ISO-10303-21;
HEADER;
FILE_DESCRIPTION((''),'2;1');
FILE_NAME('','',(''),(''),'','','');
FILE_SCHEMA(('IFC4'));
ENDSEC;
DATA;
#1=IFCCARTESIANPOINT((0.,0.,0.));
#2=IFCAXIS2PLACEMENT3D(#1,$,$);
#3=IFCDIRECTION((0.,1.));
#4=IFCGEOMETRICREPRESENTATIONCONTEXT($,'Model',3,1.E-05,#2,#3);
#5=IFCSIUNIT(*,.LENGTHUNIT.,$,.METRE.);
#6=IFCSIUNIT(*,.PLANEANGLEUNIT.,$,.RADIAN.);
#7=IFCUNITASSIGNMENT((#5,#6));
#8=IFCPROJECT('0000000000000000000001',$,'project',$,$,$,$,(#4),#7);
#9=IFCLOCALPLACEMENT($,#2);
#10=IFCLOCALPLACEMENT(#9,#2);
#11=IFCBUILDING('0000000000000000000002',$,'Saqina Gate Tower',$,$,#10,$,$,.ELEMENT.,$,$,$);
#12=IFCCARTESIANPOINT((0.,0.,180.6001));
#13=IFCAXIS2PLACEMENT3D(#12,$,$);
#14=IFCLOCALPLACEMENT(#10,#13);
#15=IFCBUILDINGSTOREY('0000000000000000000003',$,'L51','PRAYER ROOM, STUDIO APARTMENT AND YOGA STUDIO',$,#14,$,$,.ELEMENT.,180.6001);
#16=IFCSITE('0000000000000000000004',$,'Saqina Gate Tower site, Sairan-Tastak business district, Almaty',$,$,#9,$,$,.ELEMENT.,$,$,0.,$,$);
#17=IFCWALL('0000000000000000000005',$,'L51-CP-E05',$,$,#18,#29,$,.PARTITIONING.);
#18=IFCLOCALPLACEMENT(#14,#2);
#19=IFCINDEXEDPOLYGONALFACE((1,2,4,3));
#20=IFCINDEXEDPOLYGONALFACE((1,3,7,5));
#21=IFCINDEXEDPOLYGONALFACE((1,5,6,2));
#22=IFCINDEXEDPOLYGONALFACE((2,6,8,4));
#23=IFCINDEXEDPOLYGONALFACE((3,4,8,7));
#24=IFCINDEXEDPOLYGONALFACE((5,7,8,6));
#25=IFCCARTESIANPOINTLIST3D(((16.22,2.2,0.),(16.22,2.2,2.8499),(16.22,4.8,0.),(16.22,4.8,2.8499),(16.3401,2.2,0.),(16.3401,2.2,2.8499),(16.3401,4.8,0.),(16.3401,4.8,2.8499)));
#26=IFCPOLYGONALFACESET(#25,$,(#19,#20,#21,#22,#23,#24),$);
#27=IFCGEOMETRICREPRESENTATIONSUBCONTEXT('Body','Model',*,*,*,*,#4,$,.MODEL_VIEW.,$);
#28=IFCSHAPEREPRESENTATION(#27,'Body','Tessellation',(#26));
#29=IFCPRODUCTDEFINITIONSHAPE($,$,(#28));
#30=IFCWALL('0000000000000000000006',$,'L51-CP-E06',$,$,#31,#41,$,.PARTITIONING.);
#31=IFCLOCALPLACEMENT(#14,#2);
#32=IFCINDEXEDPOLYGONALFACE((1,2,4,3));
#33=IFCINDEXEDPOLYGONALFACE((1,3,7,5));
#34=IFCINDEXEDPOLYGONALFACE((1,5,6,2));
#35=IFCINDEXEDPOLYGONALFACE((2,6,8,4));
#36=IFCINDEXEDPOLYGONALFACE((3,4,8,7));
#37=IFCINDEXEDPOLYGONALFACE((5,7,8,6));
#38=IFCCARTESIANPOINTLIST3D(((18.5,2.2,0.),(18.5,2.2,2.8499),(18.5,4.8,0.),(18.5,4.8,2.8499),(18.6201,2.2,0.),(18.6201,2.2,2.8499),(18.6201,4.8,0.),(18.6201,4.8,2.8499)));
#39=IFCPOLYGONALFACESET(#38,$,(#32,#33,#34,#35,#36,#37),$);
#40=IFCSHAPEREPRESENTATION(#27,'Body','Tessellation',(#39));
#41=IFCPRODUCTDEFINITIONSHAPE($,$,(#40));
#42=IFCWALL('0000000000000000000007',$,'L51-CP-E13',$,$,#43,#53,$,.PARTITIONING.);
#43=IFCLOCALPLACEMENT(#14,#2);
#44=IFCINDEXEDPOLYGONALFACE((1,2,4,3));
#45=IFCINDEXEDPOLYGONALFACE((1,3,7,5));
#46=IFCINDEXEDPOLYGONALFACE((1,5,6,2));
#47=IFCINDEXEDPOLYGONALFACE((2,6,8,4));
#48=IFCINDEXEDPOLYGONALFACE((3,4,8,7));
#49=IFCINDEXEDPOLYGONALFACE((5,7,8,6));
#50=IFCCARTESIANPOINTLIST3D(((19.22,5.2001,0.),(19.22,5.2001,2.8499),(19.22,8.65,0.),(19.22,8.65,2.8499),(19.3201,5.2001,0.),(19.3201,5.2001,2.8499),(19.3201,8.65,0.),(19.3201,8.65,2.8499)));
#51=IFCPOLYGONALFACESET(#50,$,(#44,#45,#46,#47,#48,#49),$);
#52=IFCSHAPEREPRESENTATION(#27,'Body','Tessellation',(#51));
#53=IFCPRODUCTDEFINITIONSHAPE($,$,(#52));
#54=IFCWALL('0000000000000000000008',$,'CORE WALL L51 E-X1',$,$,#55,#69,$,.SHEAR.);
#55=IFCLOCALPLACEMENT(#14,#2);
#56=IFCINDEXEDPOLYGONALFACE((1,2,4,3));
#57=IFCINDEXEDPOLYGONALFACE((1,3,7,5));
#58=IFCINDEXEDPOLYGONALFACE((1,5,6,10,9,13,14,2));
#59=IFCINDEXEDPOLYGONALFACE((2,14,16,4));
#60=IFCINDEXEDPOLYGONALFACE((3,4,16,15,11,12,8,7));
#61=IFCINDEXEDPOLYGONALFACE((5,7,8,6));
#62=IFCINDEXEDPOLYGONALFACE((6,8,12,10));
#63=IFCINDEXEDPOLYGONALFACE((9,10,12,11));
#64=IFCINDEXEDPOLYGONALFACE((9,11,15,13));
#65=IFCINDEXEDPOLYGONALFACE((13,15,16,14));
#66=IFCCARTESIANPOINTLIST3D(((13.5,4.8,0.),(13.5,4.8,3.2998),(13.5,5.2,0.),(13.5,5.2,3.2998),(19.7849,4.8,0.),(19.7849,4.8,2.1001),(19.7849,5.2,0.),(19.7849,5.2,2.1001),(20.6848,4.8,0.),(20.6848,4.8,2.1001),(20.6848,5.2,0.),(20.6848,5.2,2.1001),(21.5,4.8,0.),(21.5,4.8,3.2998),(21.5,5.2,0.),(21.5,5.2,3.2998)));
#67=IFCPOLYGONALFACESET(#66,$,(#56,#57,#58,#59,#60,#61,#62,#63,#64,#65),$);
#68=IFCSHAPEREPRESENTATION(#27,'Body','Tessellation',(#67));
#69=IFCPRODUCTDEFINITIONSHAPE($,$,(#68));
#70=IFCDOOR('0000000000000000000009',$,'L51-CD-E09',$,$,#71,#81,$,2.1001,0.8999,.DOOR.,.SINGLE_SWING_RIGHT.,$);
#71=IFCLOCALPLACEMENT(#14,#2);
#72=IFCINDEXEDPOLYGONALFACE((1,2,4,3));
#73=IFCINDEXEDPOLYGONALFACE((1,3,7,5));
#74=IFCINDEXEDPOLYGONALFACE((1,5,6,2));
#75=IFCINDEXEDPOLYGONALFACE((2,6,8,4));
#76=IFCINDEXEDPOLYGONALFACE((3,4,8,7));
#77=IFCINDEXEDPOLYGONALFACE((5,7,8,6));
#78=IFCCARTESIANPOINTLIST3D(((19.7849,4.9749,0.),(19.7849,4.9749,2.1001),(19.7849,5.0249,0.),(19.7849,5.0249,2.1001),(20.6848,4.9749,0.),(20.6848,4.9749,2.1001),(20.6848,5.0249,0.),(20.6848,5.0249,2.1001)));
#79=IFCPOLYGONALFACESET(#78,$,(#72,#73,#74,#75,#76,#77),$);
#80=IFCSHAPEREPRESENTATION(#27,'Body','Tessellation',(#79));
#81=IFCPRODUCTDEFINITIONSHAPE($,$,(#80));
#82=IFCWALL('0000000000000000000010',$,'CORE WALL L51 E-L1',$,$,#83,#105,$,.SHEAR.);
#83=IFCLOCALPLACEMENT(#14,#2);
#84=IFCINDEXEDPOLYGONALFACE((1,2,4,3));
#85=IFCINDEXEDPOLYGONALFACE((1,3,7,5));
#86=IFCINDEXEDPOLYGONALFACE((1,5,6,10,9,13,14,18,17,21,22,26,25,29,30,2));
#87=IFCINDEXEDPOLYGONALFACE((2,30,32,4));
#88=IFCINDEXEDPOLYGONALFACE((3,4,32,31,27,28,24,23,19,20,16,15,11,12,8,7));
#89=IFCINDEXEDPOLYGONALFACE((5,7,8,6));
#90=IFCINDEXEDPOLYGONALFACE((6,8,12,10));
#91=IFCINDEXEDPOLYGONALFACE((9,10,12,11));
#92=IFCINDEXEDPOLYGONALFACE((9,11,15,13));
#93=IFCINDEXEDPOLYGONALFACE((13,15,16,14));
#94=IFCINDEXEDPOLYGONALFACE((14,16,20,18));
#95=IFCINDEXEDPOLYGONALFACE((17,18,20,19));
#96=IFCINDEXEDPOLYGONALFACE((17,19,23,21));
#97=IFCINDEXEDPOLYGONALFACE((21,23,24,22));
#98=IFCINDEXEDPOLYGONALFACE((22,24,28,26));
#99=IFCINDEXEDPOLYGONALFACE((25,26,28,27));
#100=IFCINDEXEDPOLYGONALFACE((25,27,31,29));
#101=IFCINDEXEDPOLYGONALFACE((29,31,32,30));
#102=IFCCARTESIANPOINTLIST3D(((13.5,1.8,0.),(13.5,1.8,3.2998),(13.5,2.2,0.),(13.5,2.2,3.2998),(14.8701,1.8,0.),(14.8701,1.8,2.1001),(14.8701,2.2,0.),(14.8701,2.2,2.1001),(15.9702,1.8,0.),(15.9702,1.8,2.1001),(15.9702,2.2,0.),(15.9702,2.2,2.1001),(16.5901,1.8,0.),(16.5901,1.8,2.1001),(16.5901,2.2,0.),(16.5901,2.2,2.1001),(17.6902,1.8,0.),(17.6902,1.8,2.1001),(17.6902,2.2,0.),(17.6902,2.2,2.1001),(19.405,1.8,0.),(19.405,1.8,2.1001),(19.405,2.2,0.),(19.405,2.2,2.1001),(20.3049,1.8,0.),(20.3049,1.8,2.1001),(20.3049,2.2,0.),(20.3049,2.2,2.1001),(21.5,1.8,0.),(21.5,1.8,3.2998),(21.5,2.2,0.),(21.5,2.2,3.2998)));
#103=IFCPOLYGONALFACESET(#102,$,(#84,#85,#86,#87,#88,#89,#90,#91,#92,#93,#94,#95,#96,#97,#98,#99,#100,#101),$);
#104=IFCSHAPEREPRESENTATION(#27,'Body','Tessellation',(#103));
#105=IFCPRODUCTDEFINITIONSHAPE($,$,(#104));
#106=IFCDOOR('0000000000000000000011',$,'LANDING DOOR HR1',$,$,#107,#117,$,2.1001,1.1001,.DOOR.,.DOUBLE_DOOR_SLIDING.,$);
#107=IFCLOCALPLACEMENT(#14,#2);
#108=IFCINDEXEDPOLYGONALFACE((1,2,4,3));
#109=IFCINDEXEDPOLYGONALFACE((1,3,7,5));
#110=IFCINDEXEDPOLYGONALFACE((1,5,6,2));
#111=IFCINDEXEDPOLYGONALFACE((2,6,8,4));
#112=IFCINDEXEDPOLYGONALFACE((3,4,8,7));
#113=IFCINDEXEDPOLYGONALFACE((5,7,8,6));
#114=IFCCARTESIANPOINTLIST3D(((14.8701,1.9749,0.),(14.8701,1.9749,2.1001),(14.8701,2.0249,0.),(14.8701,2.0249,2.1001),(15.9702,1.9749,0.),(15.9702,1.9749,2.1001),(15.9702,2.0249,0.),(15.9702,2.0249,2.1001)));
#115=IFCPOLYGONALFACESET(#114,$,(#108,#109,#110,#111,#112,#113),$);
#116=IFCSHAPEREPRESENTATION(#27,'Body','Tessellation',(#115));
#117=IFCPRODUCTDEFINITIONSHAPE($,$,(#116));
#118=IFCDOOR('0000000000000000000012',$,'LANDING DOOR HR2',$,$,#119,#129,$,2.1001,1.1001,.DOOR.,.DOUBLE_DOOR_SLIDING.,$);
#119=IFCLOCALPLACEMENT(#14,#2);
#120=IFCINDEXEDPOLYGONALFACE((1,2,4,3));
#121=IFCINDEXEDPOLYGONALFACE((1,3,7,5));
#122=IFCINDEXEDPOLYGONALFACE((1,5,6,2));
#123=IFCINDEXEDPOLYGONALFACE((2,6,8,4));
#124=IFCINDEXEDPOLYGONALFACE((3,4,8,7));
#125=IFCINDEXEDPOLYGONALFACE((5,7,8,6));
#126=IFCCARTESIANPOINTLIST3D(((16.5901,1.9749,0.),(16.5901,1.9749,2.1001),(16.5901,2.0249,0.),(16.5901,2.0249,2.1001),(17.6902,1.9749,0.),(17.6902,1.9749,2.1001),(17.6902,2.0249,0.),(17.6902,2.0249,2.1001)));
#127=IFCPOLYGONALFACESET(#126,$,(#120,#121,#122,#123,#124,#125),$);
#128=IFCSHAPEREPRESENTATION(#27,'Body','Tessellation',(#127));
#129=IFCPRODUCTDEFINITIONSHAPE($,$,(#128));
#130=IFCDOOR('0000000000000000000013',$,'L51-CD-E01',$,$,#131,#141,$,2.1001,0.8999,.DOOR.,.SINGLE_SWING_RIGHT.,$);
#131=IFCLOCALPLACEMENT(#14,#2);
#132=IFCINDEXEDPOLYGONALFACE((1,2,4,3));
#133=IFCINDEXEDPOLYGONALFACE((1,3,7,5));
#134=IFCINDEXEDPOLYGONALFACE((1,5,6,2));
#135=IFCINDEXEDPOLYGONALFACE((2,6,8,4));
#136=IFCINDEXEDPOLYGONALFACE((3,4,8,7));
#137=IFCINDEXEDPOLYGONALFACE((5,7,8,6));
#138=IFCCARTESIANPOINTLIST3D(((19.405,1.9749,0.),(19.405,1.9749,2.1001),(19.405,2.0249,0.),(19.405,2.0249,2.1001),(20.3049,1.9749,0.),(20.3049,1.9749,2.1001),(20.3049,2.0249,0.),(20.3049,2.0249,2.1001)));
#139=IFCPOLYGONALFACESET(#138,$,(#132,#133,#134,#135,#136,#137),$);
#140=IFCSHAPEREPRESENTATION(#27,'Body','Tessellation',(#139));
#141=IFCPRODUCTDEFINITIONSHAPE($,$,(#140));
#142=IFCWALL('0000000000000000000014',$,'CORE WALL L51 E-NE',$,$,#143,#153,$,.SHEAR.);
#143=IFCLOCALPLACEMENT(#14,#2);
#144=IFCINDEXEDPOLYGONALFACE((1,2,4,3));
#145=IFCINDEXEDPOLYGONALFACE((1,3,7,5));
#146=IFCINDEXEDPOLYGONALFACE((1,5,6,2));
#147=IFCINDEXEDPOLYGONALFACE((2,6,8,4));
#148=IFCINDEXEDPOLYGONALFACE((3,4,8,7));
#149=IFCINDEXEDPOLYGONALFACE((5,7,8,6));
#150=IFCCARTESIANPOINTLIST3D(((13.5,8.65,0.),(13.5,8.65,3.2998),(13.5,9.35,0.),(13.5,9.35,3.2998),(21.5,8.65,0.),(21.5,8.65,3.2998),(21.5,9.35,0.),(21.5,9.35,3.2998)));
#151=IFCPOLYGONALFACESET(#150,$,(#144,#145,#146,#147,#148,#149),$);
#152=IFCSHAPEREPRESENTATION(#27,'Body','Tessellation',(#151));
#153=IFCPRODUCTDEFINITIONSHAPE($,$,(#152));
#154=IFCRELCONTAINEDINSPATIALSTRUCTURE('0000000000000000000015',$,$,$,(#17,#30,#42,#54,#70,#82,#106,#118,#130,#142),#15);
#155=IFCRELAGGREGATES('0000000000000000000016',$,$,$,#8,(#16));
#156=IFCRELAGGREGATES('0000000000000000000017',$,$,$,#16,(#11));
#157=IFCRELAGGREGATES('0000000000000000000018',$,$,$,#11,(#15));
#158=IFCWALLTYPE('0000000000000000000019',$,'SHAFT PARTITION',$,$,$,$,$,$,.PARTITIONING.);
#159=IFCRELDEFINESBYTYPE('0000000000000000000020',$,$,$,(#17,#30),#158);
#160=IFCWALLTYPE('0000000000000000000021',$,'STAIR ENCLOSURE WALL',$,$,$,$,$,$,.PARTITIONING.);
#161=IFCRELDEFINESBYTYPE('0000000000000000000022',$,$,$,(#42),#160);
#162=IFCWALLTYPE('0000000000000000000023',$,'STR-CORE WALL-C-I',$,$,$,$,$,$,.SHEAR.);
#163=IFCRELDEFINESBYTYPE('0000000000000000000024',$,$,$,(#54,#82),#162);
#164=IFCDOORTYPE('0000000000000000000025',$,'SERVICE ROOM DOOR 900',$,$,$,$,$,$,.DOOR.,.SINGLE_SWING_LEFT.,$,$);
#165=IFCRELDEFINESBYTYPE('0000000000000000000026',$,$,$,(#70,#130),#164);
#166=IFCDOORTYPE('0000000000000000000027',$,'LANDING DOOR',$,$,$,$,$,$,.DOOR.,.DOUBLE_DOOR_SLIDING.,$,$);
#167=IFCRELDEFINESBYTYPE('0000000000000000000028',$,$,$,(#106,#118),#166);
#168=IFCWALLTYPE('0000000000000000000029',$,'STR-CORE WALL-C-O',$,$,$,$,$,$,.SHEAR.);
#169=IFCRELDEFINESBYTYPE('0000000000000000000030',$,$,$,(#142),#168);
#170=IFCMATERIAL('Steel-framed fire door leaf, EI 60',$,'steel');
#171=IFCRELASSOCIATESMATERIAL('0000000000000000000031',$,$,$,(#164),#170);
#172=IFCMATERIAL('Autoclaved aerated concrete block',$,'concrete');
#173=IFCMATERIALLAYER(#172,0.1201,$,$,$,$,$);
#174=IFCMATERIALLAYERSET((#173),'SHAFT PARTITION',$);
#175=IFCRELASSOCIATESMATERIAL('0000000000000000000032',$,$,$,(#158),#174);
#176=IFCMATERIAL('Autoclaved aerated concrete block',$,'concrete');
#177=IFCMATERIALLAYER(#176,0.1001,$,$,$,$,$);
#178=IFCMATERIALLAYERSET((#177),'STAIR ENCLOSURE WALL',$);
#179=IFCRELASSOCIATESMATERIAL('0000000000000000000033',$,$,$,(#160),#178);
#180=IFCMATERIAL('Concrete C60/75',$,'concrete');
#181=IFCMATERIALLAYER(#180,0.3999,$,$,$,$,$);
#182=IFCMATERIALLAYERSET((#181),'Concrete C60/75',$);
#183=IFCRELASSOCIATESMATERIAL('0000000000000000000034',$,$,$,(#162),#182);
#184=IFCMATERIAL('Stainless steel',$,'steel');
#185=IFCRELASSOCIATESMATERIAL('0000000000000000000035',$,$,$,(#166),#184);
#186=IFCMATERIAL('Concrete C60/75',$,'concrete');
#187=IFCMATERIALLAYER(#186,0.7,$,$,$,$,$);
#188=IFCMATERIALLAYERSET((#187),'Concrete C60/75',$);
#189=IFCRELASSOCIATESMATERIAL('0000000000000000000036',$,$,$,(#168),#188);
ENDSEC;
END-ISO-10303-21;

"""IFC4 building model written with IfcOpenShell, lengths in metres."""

from ifc_helpers import new_model, si_unit, direction, frame, frame_2d, origin, place, context, subcontext, project, spatial, rectangle, extrude, material, layer, layer_set, type_object, element, fill, save


model = new_model("IFC4")

# Units and contexts
model_context = context("Model", 3, precision=1e-05, world=origin(), true_north=direction((0.0, 1.0)))
body_context = subcontext(model_context, "Body", "Model", "MODEL_VIEW")
ifc_project = project(units=[si_unit("LENGTHUNIT", "METRE"), si_unit("PLANEANGLEUNIT", "RADIAN")], contexts=[model_context])

# Site, building, storey
site_placement = place(None, origin())
site = spatial("IfcSite", under=ifc_project, at=site_placement, Name="Saqina Gate Tower site, Sairan-Tastak business district, Almaty", CompositionType="ELEMENT", RefElevation=0.0)
building_placement = place(site_placement, origin())
building = spatial("IfcBuilding", under=site, at=building_placement, Name="Saqina Gate Tower", CompositionType="ELEMENT")
storey_placement = place(building_placement, frame((0.0, 0.0, 180.6001)))
storey = spatial("IfcBuildingStorey", under=building, at=storey_placement, Name="L51", Description="PRAYER ROOM, STUDIO APARTMENT AND YOGA STUDIO", CompositionType="ELEMENT", Elevation=180.6001)

# Shared definitions
ifc_material_1 = material(Name="Steel-framed fire door leaf, EI 60", Category="steel")
door_type_1 = type_object("IfcDoorType", Name="SERVICE ROOM DOOR 900", OperationType="SINGLE_SWING_LEFT", PredefinedType="DOOR", material=ifc_material_1)

# Walls
ifc_material_2 = material(Name="Autoclaved aerated concrete block", Category="concrete")
ifc_layer_1 = layer(ifc_material_2, 0.1201)
ifc_layer_set_1 = layer_set([ifc_layer_1], Name="SHAFT PARTITION")
wall_type_1 = type_object("IfcWallType", Name="SHAFT PARTITION", PredefinedType="PARTITIONING", material=ifc_layer_set_1)
for number, where, z_axis, x_axis, name in (
    (1, (16.28, 2.2, 0.0), (0.0, 0.0, 1.0), (0.0, 1.0, 0.0), "L51-CP-E05"),
    (2, (18.5601, 2.2, 0.0), (0.0, 0.0, 1.0), (0.0, 1.0, 0.0), "L51-CP-E06"),
):
    element("IfcWall", number, at=place(storey_placement, frame(where, z_axis=z_axis, x_axis=x_axis)), inside=storey, type_object=wall_type_1, Name=name, PredefinedType="PARTITIONING", context=body_context, shape_type="SweptSolid", body=[
        extrude(rectangle(XDim=2.6001, YDim=0.1201, at=frame_2d((1.3, 0.0))), origin(), (0.0, 0.0, 1.0), 2.8499),
    ])
ifc_material_3 = material(Name="Autoclaved aerated concrete block", Category="concrete")
ifc_layer_2 = layer(ifc_material_3, 0.1001)
ifc_layer_set_2 = layer_set([ifc_layer_2], Name="STAIR ENCLOSURE WALL")
wall_type_2 = type_object("IfcWallType", Name="STAIR ENCLOSURE WALL", PredefinedType="PARTITIONING", material=ifc_layer_set_2)
wall_1_placement = place(storey_placement, frame((19.27, 5.2, 0.0), z_axis=(0.0, 0.0, 1.0), x_axis=(0.0, 1.0, 0.0)))
element("IfcWall", 3, at=wall_1_placement, inside=storey, type_object=wall_type_2, Name="L51-CP-E13", PredefinedType="PARTITIONING", context=body_context, shape_type="SweptSolid", body=[
    extrude(rectangle(XDim=3.45, YDim=0.1001, at=frame_2d((1.7251, 0.0))), origin(), (0.0, 0.0, 1.0), 2.8499),
])

# Wall, opening, door
ifc_material_4 = material(Name="Concrete C60/75", Category="concrete")
ifc_layer_3 = layer(ifc_material_4, 0.3999)
ifc_layer_set_3 = layer_set([ifc_layer_3], Name="Concrete C60/75")
wall_type_3 = type_object("IfcWallType", Name="STR-CORE WALL-C-I", PredefinedType="SHEAR", material=ifc_layer_set_3)
wall_2_placement = place(storey_placement, frame((13.5, 5.0, 0.0), z_axis=(0.0, 0.0, 1.0), x_axis=(1.0, 0.0, 0.0)))
wall_2 = element("IfcWall", 4, at=wall_2_placement, inside=storey, type_object=wall_type_3, Name="CORE WALL L51 E-X1", PredefinedType="SHEAR", context=body_context, shape_type="SweptSolid", body=[
    extrude(rectangle(XDim=8.0, YDim=0.3999, at=frame_2d((4.0, 0.0))), origin(), (0.0, 0.0, 1.0), 3.2998),
])
opening_1_placement = place(wall_2_placement, frame((6.2849, 0.0, 0.0)))
opening_1 = element("IfcOpeningElement", 5, at=opening_1_placement, cuts=wall_2, PredefinedType="OPENING", context=body_context, shape_type="SweptSolid", body=[
    extrude(rectangle(XDim=0.8999, YDim=2.1001, at=frame_2d((0.45, 1.05))), frame((0.0, 0.2119, 0.0), z_axis=(0.0, -1.0, 0.0), x_axis=(1.0, 0.0, 0.0)), (0.0, 0.0, 1.0), 0.4238),
])
door_1_placement = place(opening_1_placement, origin())
door_1 = element("IfcDoor", 6, at=door_1_placement, inside=storey, type_object=door_type_1, Name="L51-CD-E09", OperationType="SINGLE_SWING_RIGHT", OverallHeight=2.1001, OverallWidth=0.8999, PredefinedType="DOOR", context=body_context, shape_type="SweptSolid", body=[
    extrude(rectangle(XDim=0.8999, YDim=2.1001, at=frame_2d((0.45, 1.05))), frame((0.0, 0.0249, 0.0), z_axis=(0.0, -1.0, 0.0), x_axis=(1.0, 0.0, 0.0)), (0.0, 0.0, 1.0), 0.05),
])
fill(opening_1, door_1)

# Wall, openings, doors
wall_3_placement = place(storey_placement, frame((13.5, 2.0, 0.0), z_axis=(0.0, 0.0, 1.0), x_axis=(1.0, 0.0, 0.0)))
wall_3 = element("IfcWall", 7, at=wall_3_placement, inside=storey, type_object=wall_type_3, Name="CORE WALL L51 E-L1", PredefinedType="SHEAR", context=body_context, shape_type="SweptSolid", body=[
    extrude(rectangle(XDim=8.0, YDim=0.3999, at=frame_2d((4.0, 0.0))), origin(), (0.0, 0.0, 1.0), 3.2998),
])
opening_2_placement = place(wall_3_placement, frame((1.3701, 0.0, 0.0)))
opening_2 = element("IfcOpeningElement", 8, at=opening_2_placement, cuts=wall_3, PredefinedType="OPENING", context=body_context, shape_type="SweptSolid", body=[
    extrude(rectangle(XDim=1.1001, YDim=2.1001, at=frame_2d((0.55, 1.05))), frame((0.0, 0.2119, 0.0), z_axis=(0.0, -1.0, 0.0), x_axis=(1.0, 0.0, 0.0)), (0.0, 0.0, 1.0), 0.4238),
])
opening_3_placement = place(wall_3_placement, frame((3.0901, 0.0, 0.0)))
opening_3 = element("IfcOpeningElement", 9, at=opening_3_placement, cuts=wall_3, PredefinedType="OPENING", context=body_context, shape_type="SweptSolid", body=[
    extrude(rectangle(XDim=1.1001, YDim=2.1001, at=frame_2d((0.55, 1.05))), frame((0.0, 0.2119, 0.0), z_axis=(0.0, -1.0, 0.0), x_axis=(1.0, 0.0, 0.0)), (0.0, 0.0, 1.0), 0.4238),
])
opening_4_placement = place(wall_3_placement, frame((5.905, 0.0, 0.0)))
opening_4 = element("IfcOpeningElement", 10, at=opening_4_placement, cuts=wall_3, PredefinedType="OPENING", context=body_context, shape_type="SweptSolid", body=[
    extrude(rectangle(XDim=0.8999, YDim=2.1001, at=frame_2d((0.45, 1.05))), frame((0.0, 0.2119, 0.0), z_axis=(0.0, -1.0, 0.0), x_axis=(1.0, 0.0, 0.0)), (0.0, 0.0, 1.0), 0.4238),
])
ifc_material_5 = material(Name="Stainless steel", Category="steel")
door_type_2 = type_object("IfcDoorType", Name="LANDING DOOR", OperationType="DOUBLE_DOOR_SLIDING", PredefinedType="DOOR", material=ifc_material_5)
door_2_placement = place(opening_2_placement, origin())
door_2 = element("IfcDoor", 11, at=door_2_placement, inside=storey, type_object=door_type_2, Name="LANDING DOOR HR1", OperationType="DOUBLE_DOOR_SLIDING", OverallHeight=2.1001, OverallWidth=1.1001, PredefinedType="DOOR", context=body_context, shape_type="SweptSolid", body=[
    extrude(rectangle(XDim=1.1001, YDim=2.1001, at=frame_2d((0.55, 1.05))), frame((0.0, 0.0249, 0.0), z_axis=(0.0, -1.0, 0.0), x_axis=(1.0, 0.0, 0.0)), (0.0, 0.0, 1.0), 0.05),
])
fill(opening_2, door_2)
door_3_placement = place(opening_3_placement, origin())
door_3 = element("IfcDoor", 12, at=door_3_placement, inside=storey, type_object=door_type_2, Name="LANDING DOOR HR2", OperationType="DOUBLE_DOOR_SLIDING", OverallHeight=2.1001, OverallWidth=1.1001, PredefinedType="DOOR", context=body_context, shape_type="SweptSolid", body=[
    extrude(rectangle(XDim=1.1001, YDim=2.1001, at=frame_2d((0.55, 1.05))), frame((0.0, 0.0249, 0.0), z_axis=(0.0, -1.0, 0.0), x_axis=(1.0, 0.0, 0.0)), (0.0, 0.0, 1.0), 0.05),
])
fill(opening_3, door_3)
door_4_placement = place(opening_4_placement, origin())
door_4 = element("IfcDoor", 13, at=door_4_placement, inside=storey, type_object=door_type_1, Name="L51-CD-E01", OperationType="SINGLE_SWING_RIGHT", OverallHeight=2.1001, OverallWidth=0.8999, PredefinedType="DOOR", context=body_context, shape_type="SweptSolid", body=[
    extrude(rectangle(XDim=0.8999, YDim=2.1001, at=frame_2d((0.45, 1.05))), frame((0.0, 0.0249, 0.0), z_axis=(0.0, -1.0, 0.0), x_axis=(1.0, 0.0, 0.0)), (0.0, 0.0, 1.0), 0.05),
])
fill(opening_4, door_4)

# Wall
ifc_material_6 = material(Name="Concrete C60/75", Category="concrete")
ifc_layer_4 = layer(ifc_material_6, 0.7)
ifc_layer_set_4 = layer_set([ifc_layer_4], Name="Concrete C60/75")
wall_type_4 = type_object("IfcWallType", Name="STR-CORE WALL-C-O", PredefinedType="SHEAR", material=ifc_layer_set_4)
wall_4_placement = place(storey_placement, frame((13.5, 9.0, 0.0), z_axis=(0.0, 0.0, 1.0), x_axis=(1.0, 0.0, 0.0)))
element("IfcWall", 14, at=wall_4_placement, inside=storey, type_object=wall_type_4, Name="CORE WALL L51 E-NE", PredefinedType="SHEAR", context=body_context, shape_type="SweptSolid", body=[
    extrude(rectangle(XDim=8.0, YDim=0.7, at=frame_2d((4.0, 0.0))), origin(), (0.0, 0.0, 1.0), 3.2998),
])

save(model, "model.ifc")
